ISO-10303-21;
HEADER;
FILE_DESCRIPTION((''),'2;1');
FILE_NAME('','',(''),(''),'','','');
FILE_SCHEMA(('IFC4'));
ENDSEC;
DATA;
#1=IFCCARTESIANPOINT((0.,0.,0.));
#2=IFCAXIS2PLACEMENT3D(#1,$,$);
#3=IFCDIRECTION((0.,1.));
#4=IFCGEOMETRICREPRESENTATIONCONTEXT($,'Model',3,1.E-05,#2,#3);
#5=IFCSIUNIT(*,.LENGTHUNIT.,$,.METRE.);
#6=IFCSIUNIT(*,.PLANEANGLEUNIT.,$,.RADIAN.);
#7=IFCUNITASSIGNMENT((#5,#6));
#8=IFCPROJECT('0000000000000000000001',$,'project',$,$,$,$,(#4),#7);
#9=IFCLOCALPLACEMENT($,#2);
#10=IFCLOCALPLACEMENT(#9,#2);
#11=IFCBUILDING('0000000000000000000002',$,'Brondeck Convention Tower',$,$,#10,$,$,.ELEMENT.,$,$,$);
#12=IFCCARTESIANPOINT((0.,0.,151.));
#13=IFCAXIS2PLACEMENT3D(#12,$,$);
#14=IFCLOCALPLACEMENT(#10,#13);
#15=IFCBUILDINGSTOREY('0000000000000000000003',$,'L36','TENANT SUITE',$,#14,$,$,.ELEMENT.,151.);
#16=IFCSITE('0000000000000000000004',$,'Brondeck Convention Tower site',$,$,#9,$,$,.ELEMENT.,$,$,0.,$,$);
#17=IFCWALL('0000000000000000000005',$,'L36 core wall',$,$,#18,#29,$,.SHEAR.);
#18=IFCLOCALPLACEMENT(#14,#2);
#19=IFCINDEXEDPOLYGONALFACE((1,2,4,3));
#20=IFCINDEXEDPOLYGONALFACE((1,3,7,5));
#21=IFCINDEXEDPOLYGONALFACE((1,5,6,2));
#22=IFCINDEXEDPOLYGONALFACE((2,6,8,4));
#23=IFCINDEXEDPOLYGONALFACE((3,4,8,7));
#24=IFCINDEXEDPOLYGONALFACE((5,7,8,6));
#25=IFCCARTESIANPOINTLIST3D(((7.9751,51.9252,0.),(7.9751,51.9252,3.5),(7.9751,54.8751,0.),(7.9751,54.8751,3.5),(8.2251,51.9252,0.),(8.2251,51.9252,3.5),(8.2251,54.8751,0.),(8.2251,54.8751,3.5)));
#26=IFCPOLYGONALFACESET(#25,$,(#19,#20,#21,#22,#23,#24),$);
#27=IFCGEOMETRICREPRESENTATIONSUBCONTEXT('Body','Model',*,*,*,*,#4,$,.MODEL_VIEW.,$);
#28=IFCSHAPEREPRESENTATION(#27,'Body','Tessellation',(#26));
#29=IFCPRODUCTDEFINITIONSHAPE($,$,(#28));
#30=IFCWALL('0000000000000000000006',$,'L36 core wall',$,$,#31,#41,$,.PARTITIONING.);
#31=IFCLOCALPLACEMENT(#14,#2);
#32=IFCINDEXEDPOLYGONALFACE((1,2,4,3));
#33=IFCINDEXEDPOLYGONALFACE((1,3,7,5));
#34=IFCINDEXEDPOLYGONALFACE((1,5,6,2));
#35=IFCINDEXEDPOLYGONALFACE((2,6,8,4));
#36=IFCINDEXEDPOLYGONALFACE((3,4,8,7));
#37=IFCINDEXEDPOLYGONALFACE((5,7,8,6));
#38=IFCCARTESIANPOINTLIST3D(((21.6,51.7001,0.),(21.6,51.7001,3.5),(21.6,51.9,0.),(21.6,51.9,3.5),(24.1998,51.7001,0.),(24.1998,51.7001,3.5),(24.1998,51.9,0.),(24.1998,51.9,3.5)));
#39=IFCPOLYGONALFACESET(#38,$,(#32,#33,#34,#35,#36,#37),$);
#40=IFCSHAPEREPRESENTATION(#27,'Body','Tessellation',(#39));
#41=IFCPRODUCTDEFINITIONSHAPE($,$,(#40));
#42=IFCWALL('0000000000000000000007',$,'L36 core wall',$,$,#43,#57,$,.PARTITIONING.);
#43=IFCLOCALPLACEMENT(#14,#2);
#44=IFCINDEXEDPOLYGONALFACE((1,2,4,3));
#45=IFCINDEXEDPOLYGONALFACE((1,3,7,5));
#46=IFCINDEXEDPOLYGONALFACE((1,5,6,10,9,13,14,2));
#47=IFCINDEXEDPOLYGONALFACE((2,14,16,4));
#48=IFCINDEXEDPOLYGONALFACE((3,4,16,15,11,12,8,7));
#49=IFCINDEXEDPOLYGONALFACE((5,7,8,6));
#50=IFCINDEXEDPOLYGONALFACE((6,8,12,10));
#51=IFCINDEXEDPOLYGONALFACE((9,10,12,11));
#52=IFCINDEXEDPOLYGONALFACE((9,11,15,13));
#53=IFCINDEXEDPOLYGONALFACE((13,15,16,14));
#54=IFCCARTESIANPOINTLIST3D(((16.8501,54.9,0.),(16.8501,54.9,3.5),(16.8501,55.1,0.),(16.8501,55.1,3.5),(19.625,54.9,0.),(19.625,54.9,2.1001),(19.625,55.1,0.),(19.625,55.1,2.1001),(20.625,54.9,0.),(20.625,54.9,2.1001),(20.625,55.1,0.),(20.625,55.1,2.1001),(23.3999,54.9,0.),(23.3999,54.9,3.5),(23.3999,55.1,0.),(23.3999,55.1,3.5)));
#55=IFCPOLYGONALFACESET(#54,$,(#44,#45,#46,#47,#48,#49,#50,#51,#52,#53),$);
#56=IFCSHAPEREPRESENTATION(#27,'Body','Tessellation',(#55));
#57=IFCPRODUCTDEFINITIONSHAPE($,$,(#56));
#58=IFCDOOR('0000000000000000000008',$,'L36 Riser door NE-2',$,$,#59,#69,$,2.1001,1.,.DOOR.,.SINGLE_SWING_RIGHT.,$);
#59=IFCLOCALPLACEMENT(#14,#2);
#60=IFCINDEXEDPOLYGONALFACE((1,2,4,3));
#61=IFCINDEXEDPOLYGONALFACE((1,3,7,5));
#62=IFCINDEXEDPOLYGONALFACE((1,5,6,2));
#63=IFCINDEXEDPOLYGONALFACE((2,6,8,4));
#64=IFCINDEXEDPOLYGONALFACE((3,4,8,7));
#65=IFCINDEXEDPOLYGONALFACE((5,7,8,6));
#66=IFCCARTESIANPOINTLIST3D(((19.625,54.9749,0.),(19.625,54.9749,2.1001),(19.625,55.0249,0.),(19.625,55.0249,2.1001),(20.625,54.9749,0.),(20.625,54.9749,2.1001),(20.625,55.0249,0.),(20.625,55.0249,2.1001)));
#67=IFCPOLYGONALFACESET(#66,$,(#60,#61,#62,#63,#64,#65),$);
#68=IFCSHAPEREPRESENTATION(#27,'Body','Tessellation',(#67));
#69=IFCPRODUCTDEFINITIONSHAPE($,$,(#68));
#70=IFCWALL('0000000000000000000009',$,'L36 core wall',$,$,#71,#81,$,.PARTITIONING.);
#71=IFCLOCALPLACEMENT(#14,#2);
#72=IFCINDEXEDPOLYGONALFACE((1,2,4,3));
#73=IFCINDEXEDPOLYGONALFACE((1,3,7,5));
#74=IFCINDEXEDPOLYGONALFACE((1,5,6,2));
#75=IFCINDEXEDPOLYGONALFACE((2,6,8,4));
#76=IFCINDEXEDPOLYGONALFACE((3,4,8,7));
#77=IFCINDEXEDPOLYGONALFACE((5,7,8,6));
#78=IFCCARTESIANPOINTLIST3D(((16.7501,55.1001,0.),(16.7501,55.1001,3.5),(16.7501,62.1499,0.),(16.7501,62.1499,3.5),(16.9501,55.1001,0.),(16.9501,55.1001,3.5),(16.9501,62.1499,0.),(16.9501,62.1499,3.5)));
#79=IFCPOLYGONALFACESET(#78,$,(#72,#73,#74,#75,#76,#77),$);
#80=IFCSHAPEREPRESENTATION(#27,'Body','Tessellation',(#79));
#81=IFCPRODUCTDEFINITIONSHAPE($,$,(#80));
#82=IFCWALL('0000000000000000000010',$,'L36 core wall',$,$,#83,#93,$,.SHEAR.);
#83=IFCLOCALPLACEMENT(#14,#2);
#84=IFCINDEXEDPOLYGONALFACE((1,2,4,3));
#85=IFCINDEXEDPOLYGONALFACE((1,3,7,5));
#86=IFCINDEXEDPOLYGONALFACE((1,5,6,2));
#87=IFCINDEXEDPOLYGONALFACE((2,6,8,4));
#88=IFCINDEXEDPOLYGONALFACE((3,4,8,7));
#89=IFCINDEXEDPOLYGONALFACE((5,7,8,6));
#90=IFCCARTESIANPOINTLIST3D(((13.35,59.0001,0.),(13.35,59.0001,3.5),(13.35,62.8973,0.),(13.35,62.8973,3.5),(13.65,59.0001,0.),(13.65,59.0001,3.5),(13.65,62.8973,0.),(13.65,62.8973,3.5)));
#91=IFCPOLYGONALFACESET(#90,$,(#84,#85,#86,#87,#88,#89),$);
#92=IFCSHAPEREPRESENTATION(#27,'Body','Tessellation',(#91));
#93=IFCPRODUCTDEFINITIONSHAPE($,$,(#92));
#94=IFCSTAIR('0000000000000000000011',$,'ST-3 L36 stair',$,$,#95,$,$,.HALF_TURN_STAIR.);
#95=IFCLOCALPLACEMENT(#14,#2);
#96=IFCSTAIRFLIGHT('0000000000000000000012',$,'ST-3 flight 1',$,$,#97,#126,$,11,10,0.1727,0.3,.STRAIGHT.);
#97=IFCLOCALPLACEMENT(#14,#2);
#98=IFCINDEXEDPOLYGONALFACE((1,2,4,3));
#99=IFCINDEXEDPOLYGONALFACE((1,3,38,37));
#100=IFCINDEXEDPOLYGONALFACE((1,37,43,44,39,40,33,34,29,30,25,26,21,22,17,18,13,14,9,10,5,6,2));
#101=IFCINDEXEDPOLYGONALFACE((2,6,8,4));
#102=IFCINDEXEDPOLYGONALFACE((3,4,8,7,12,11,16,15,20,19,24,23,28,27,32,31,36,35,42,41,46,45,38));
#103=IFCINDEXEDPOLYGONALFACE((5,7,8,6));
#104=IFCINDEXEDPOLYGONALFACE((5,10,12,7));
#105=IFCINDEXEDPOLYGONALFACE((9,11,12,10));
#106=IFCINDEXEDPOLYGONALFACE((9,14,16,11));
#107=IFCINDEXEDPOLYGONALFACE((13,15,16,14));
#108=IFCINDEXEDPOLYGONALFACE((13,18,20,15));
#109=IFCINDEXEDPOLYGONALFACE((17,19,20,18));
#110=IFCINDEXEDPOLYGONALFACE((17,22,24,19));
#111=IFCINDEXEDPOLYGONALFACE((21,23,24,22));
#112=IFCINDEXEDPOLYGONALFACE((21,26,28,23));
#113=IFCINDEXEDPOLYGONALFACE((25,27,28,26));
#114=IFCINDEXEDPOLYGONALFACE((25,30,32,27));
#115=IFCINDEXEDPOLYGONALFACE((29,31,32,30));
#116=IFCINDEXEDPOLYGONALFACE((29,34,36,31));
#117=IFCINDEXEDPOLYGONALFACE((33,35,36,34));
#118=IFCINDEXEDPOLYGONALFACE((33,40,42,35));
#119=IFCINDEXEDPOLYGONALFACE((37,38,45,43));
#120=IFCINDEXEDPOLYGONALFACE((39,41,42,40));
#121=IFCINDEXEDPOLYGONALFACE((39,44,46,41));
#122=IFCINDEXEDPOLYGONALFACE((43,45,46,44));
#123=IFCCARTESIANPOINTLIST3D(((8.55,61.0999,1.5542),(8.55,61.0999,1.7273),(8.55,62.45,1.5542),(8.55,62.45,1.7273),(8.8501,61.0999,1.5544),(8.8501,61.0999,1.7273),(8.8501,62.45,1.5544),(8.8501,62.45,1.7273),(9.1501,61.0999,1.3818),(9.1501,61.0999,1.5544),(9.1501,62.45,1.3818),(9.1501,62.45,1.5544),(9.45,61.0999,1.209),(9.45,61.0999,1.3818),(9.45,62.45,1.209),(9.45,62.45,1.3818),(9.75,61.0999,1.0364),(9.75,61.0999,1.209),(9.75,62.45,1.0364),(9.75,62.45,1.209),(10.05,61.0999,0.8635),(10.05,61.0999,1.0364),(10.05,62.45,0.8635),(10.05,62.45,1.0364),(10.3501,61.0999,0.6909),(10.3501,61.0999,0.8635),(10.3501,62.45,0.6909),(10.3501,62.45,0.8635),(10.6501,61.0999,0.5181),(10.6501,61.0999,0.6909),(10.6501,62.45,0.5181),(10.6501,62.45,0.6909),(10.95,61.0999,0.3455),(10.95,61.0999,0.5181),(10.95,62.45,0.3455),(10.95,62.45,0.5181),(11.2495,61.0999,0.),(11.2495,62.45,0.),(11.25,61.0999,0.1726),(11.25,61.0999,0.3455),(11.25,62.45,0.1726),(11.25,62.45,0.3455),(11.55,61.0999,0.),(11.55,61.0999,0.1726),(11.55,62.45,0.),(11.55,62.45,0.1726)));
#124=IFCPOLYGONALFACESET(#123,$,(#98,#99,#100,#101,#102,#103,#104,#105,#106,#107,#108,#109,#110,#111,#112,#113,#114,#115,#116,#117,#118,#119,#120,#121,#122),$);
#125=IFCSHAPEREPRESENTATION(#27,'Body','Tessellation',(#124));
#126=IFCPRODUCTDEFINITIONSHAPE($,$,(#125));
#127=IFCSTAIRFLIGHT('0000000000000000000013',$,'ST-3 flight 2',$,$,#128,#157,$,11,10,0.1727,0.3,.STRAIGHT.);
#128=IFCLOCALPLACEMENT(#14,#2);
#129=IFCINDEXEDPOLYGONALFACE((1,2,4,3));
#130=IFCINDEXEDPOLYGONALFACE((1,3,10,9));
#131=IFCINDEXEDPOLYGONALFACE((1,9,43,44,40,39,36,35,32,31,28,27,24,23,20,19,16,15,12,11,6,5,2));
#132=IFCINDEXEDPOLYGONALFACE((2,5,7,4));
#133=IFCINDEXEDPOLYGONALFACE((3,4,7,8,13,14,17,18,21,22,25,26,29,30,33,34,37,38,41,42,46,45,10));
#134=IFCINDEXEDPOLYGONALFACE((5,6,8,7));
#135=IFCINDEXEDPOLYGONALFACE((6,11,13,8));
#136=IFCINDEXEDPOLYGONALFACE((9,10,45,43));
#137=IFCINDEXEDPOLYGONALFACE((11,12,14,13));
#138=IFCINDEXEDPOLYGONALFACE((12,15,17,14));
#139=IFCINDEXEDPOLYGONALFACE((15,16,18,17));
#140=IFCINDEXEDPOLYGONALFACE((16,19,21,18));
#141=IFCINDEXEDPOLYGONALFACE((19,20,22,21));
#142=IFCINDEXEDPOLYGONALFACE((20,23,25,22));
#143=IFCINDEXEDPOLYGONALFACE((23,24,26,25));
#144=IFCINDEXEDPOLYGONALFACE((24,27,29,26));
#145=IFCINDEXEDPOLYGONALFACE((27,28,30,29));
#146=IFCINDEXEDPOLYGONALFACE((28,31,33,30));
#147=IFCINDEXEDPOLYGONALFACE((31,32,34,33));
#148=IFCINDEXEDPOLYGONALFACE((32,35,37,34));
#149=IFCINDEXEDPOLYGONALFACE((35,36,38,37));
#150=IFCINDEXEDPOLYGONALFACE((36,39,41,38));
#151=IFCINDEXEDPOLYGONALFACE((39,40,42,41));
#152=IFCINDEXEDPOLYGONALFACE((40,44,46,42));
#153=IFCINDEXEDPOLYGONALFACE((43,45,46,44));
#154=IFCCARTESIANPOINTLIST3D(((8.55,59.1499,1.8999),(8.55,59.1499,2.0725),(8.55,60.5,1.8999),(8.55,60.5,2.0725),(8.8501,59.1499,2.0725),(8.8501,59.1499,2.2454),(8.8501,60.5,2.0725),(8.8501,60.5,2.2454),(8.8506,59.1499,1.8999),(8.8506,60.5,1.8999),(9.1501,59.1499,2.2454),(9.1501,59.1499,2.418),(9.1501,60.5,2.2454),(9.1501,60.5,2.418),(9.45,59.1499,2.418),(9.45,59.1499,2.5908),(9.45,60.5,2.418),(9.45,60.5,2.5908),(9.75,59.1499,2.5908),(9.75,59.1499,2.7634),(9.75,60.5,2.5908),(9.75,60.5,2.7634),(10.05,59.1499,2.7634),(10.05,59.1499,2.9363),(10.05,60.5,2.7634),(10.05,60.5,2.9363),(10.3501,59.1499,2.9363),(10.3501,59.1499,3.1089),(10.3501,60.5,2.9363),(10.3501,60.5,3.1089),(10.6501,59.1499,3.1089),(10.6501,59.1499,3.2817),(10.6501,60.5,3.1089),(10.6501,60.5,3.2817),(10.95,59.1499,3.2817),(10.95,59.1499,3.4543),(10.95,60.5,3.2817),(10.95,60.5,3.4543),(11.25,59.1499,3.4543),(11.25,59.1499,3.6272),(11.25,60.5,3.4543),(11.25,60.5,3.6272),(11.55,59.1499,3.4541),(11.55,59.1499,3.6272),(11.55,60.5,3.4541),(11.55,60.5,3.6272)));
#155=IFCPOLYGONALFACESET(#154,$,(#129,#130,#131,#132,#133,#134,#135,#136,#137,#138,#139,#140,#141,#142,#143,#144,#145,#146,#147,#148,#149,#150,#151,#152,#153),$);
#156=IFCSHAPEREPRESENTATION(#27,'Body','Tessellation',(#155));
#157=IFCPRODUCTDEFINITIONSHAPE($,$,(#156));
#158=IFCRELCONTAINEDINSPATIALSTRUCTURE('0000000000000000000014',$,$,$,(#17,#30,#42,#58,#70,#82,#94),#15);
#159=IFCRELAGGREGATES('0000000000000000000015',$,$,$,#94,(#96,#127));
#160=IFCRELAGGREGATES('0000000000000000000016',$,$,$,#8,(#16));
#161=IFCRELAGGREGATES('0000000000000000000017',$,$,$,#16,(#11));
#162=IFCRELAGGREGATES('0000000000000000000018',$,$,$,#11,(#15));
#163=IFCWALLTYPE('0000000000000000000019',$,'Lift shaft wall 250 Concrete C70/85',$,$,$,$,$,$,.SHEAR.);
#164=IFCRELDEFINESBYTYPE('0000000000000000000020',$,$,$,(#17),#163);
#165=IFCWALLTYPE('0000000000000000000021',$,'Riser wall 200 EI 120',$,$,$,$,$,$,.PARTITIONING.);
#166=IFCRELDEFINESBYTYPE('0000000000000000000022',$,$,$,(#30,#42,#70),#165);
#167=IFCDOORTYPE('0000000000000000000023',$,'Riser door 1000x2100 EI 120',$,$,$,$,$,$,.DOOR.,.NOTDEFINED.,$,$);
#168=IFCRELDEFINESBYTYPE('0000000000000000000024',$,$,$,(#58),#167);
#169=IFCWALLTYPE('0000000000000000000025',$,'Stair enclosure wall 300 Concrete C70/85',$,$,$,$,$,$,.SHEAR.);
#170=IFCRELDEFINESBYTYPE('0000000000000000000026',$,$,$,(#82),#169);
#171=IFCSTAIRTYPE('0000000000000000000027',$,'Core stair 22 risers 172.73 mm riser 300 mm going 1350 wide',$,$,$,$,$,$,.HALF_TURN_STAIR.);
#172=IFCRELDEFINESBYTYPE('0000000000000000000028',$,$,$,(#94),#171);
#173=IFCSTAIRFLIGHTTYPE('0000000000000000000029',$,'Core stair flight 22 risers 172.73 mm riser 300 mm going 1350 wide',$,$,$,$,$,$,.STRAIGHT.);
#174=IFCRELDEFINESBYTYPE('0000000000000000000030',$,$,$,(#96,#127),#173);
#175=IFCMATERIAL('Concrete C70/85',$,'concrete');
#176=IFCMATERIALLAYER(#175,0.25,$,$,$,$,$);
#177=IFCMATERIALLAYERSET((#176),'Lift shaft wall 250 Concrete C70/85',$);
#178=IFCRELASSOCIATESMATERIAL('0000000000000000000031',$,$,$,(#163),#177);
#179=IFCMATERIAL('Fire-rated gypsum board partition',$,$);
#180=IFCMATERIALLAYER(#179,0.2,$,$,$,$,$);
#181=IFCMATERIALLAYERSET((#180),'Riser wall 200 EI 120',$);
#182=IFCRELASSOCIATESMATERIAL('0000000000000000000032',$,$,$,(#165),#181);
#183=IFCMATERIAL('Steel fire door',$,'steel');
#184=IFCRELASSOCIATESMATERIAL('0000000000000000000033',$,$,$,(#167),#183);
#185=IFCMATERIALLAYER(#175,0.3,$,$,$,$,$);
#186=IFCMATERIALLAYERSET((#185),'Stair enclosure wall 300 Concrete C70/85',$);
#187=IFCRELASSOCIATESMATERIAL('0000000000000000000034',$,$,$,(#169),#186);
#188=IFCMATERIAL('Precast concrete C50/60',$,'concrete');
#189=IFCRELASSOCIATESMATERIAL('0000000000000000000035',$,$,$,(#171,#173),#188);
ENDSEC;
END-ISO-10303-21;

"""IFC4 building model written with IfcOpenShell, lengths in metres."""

from ifc_helpers import new_model, si_unit, direction, frame, frame_2d, origin, place, context, subcontext, project, spatial, polyline, rectangle, outline, extrude, material, layer, layer_set, type_object, element, fill, aggregate, save


model = new_model("IFC4")

# Units and contexts
model_context = context("Model", 3, precision=1e-05, world=origin(), true_north=direction((0.0, 1.0)))
body_context = subcontext(model_context, "Body", "Model", "MODEL_VIEW")
ifc_project = project(units=[si_unit("LENGTHUNIT", "METRE"), si_unit("PLANEANGLEUNIT", "RADIAN")], contexts=[model_context])

# Site, building, storey
site_placement = place(None, origin())
site = spatial("IfcSite", under=ifc_project, at=site_placement, Name="Brondeck Convention Tower site", CompositionType="ELEMENT", RefElevation=0.0)
building_placement = place(site_placement, origin())
building = spatial("IfcBuilding", under=site, at=building_placement, Name="Brondeck Convention Tower", CompositionType="ELEMENT")
storey_placement = place(building_placement, frame((0.0, 0.0, 151.0)))
storey = spatial("IfcBuildingStorey", under=building, at=storey_placement, Name="L36", Description="TENANT SUITE", CompositionType="ELEMENT", Elevation=151.0)

# Shared definitions
ifc_material_1 = material(Name="Concrete C70/85", Category="concrete")

# Shared definitions
ifc_material_2 = material(Name="Fire-rated gypsum board partition")

# Shared definitions
ifc_material_3 = material(Name="Steel fire door", Category="steel")

# Walls
ifc_layer_1 = layer(ifc_material_1, 0.25)
ifc_layer_set_1 = layer_set([ifc_layer_1], Name="Lift shaft wall 250 Concrete C70/85")
wall_type_1 = type_object("IfcWallType", Name="Lift shaft wall 250 Concrete C70/85", PredefinedType="SHEAR", material=ifc_layer_set_1)
wall_1_placement = place(storey_placement, frame((8.1001, 51.925, 0.0), z_axis=(0.0, 0.0, 1.0), x_axis=(0.0, 1.0, 0.0)))
element("IfcWall", 1, at=wall_1_placement, inside=storey, type_object=wall_type_1, Name="L36 core wall", PredefinedType="SHEAR", context=body_context, shape_type="SweptSolid", body=[
    extrude(rectangle(XDim=2.95, YDim=0.25, at=frame_2d((1.4751, 0.0))), origin(), (0.0, 0.0, 1.0), 3.5),
])
ifc_layer_2 = layer(ifc_material_2, 0.2)
ifc_layer_set_2 = layer_set([ifc_layer_2], Name="Riser wall 200 EI 120")
wall_type_2 = type_object("IfcWallType", Name="Riser wall 200 EI 120", PredefinedType="PARTITIONING", material=ifc_layer_set_2)
wall_2_placement = place(storey_placement, frame((21.6001, 51.8, 0.0), z_axis=(0.0, 0.0, 1.0), x_axis=(1.0, 0.0, 0.0)))
element("IfcWall", 2, at=wall_2_placement, inside=storey, type_object=wall_type_2, Name="L36 core wall", PredefinedType="PARTITIONING", context=body_context, shape_type="SweptSolid", body=[
    extrude(rectangle(XDim=2.5999, YDim=0.2, at=frame_2d((1.2998, 0.0))), origin(), (0.0, 0.0, 1.0), 3.5),
])

# Wall, opening, door
wall_3_placement = place(storey_placement, frame((16.8501, 55.0, 0.0), z_axis=(0.0, 0.0, 1.0), x_axis=(1.0, 0.0, 0.0)))
wall_3 = element("IfcWall", 3, at=wall_3_placement, inside=storey, type_object=wall_type_2, Name="L36 core wall", PredefinedType="PARTITIONING", context=body_context, shape_type="SweptSolid", body=[
    extrude(rectangle(XDim=6.5498, YDim=0.2, at=frame_2d((3.2749, 0.0))), origin(), (0.0, 0.0, 1.0), 3.5),
])
opening_1_placement = place(wall_3_placement, frame((2.7749, 0.0, 0.0)))
opening_1 = element("IfcOpeningElement", 4, at=opening_1_placement, cuts=wall_3, PredefinedType="OPENING", context=body_context, shape_type="SweptSolid", body=[
    extrude(rectangle(XDim=1.0, YDim=2.1001, at=frame_2d((0.5, 1.05))), frame((0.0, 0.1099, 0.0), z_axis=(0.0, -1.0, 0.0), x_axis=(1.0, 0.0, 0.0)), (0.0, 0.0, 1.0), 0.22),
])
door_type_1 = type_object("IfcDoorType", Name="Riser door 1000x2100 EI 120", OperationType="NOTDEFINED", PredefinedType="DOOR", material=ifc_material_3)
door_1_placement = place(opening_1_placement, origin())
door_1 = element("IfcDoor", 5, at=door_1_placement, inside=storey, type_object=door_type_1, Name="L36 Riser door NE-2", OperationType="SINGLE_SWING_RIGHT", OverallHeight=2.1001, OverallWidth=1.0, PredefinedType="DOOR", context=body_context, shape_type="SweptSolid", body=[
    extrude(rectangle(XDim=1.0, YDim=2.1001, at=frame_2d((0.5, 1.05))), frame((0.0, 0.0249, 0.0), z_axis=(0.0, -1.0, 0.0), x_axis=(1.0, 0.0, 0.0)), (0.0, 0.0, 1.0), 0.05),
])
fill(opening_1, door_1)

# Walls
wall_4_placement = place(storey_placement, frame((16.8501, 55.1001, 0.0), z_axis=(0.0, 0.0, 1.0), x_axis=(0.0, 1.0, 0.0)))
element("IfcWall", 6, at=wall_4_placement, inside=storey, type_object=wall_type_2, Name="L36 core wall", PredefinedType="PARTITIONING", context=body_context, shape_type="SweptSolid", body=[
    extrude(rectangle(XDim=7.0498, YDim=0.2, at=frame_2d((3.5249, 0.0))), origin(), (0.0, 0.0, 1.0), 3.5),
])
ifc_layer_3 = layer(ifc_material_1, 0.3)
ifc_layer_set_3 = layer_set([ifc_layer_3], Name="Stair enclosure wall 300 Concrete C70/85")
wall_type_3 = type_object("IfcWallType", Name="Stair enclosure wall 300 Concrete C70/85", PredefinedType="SHEAR", material=ifc_layer_set_3)
wall_5_placement = place(storey_placement, frame((13.5, 59.0, 0.0), z_axis=(0.0, 0.0, 1.0), x_axis=(0.0, 1.0, 0.0)))
element("IfcWall", 7, at=wall_5_placement, inside=storey, type_object=wall_type_3, Name="L36 core wall", PredefinedType="SHEAR", context=body_context, shape_type="SweptSolid", body=[
    extrude(rectangle(XDim=3.8972, YDim=0.3, at=frame_2d((1.9487, 0.0))), origin(), (0.0, 0.0, 1.0), 3.5),
])

# Stair, stair flights
ifc_material_4 = material(Name="Precast concrete C50/60", Category="concrete")
stair_type = type_object("IfcStairType", Name="Core stair 22 risers 172.73 mm riser 300 mm going 1350 wide", PredefinedType="HALF_TURN_STAIR", material=ifc_material_4)
stair_placement = place(storey_placement, origin())
stair = element("IfcStair", 8, at=stair_placement, inside=storey, type_object=stair_type, Name="ST-3 L36 stair", PredefinedType="HALF_TURN_STAIR")
stair_flight_type = type_object("IfcStairFlightType", Name="Core stair flight 22 risers 172.73 mm riser 300 mm going 1350 wide", PredefinedType="STRAIGHT", material=ifc_material_4)
stair_flight_1_placement = place(storey_placement, frame((11.55, 61.7749, 0.0), z_axis=(0.0, 0.0, 1.0), x_axis=(-1.0, 0.0, 0.0)))
stair_flight_1 = element("IfcStairFlight", 9, at=stair_flight_1_placement, type_object=stair_flight_type, Name="ST-3 flight 1", NumberOfRisers=11, NumberOfTreads=10, PredefinedType="STRAIGHT", RiserHeight=0.1727, TreadLength=0.3, context=body_context, shape_type="SweptSolid", body=[
    extrude(outline(polyline([(0.0, 0.0), (0.0, 0.1726), (0.3, 0.1726), (0.3, 0.3455), (0.6001, 0.3455), (0.6001, 0.5181), (0.8999, 0.5181), (0.8999, 0.6909), (1.2, 0.6909), (1.2, 0.8635), (1.5, 0.8635), (1.5, 1.0364), (1.8, 1.0364), (1.8, 1.209), (2.1001, 1.209), (2.1001, 1.3818), (2.3999, 1.3818), (2.3999, 1.5544), (2.7, 1.5544), (2.7, 1.7273), (3.0, 1.7273), (3.0, 1.8999), (3.0, 1.5542), (0.3005, 0.0), (0.0, 0.0)])), frame((0.0, 0.675, 0.0), z_axis=(0.0, -1.0, 0.0), x_axis=(1.0, 0.0, 0.0)), (0.0, 0.0, 1.0), 1.3501),
])
stair_flight_2_placement = place(storey_placement, frame((8.55, 59.825, 1.8999), z_axis=(0.0, 0.0, 1.0), x_axis=(1.0, 0.0, 0.0)))
stair_flight_2 = element("IfcStairFlight", 10, at=stair_flight_2_placement, type_object=stair_flight_type, Name="ST-3 flight 2", NumberOfRisers=11, NumberOfTreads=10, PredefinedType="STRAIGHT", RiserHeight=0.1727, TreadLength=0.3, context=body_context, shape_type="SweptSolid", body=[
    extrude(outline(polyline([(0.0, 0.0), (0.0, 0.1726), (0.3, 0.1726), (0.3, 0.3455), (0.6001, 0.3455), (0.6001, 0.5181), (0.8999, 0.5181), (0.8999, 0.6909), (1.2, 0.6909), (1.2, 0.8635), (1.5, 0.8635), (1.5, 1.0364), (1.8, 1.0364), (1.8, 1.209), (2.1001, 1.209), (2.1001, 1.3818), (2.3999, 1.3818), (2.3999, 1.5544), (2.7, 1.5544), (2.7, 1.7273), (3.0, 1.7273), (3.0, 1.8999), (3.0, 1.5542), (0.3005, 0.0), (0.0, 0.0)])), frame((0.0, 0.675, 0.0), z_axis=(0.0, -1.0, 0.0), x_axis=(1.0, 0.0, 0.0)), (0.0, 0.0, 1.0), 1.3501),
])
aggregate(stair, [stair_flight_1, stair_flight_2])

save(model, "model.ifc")
